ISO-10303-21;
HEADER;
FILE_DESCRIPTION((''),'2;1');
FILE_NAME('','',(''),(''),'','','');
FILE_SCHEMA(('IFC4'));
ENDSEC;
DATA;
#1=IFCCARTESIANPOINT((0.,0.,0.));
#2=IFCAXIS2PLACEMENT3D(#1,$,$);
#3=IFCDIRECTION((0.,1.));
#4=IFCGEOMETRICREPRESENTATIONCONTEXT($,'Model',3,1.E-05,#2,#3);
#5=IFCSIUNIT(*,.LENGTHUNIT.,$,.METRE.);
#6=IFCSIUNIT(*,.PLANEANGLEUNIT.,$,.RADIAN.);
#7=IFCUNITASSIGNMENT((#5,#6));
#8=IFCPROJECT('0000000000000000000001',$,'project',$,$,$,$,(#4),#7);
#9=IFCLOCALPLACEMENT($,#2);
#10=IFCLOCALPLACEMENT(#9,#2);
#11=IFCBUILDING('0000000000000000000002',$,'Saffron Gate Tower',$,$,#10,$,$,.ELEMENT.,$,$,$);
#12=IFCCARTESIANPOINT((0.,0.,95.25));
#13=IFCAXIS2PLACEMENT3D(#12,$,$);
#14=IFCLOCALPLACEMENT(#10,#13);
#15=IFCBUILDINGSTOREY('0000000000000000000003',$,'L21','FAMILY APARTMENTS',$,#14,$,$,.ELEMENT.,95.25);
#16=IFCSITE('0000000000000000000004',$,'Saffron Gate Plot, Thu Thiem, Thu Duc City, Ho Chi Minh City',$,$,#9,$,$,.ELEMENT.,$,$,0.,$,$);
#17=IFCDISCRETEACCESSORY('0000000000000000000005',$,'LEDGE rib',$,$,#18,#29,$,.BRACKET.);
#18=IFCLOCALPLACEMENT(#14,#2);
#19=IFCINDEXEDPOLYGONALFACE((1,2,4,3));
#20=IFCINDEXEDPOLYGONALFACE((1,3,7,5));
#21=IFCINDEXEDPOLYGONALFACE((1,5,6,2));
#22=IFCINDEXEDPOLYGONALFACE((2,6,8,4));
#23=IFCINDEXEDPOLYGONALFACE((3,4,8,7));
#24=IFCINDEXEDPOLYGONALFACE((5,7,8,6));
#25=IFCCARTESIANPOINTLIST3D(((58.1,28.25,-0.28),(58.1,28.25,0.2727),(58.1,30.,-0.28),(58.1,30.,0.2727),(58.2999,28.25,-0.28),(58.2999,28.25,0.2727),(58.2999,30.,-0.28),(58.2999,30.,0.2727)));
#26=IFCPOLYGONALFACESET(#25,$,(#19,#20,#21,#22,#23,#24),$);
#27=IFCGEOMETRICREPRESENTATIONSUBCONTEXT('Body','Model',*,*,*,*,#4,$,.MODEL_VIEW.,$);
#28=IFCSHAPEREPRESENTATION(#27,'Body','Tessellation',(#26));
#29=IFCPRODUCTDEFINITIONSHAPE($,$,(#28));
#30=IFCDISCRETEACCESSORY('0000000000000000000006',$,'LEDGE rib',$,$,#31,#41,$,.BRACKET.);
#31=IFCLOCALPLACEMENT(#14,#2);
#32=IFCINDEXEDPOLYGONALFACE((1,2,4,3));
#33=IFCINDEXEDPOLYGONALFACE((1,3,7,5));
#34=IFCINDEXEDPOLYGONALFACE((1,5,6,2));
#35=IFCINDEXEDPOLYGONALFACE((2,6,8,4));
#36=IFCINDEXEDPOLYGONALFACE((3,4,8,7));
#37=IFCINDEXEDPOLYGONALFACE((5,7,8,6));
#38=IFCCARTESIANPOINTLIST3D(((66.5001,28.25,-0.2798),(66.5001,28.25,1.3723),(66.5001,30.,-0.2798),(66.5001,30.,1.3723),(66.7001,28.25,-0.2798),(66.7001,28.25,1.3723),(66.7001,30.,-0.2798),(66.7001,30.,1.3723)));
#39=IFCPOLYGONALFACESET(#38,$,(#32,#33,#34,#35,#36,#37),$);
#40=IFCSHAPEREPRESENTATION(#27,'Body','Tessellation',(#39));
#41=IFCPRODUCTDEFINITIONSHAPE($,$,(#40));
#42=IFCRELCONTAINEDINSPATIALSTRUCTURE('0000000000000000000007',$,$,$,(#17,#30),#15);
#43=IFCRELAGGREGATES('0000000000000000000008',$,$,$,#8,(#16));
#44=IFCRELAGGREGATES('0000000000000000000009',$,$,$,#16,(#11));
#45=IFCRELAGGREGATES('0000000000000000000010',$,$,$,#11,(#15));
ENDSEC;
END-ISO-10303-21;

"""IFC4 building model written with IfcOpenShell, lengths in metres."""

from ifc_helpers import new_model, si_unit, direction, frame, origin, origin_2d, place, context, subcontext, project, spatial, rectangle, extrude, element, save


model = new_model("IFC4")

# Units and contexts
model_context = context("Model", 3, precision=1e-05, world=origin(), true_north=direction((0.0, 1.0)))
body_context = subcontext(model_context, "Body", "Model", "MODEL_VIEW")
ifc_project = project(units=[si_unit("LENGTHUNIT", "METRE"), si_unit("PLANEANGLEUNIT", "RADIAN")], contexts=[model_context])

# Site, building, storey
site_placement = place(None, origin())
site = spatial("IfcSite", under=ifc_project, at=site_placement, Name="Saffron Gate Plot, Thu Thiem, Thu Duc City, Ho Chi Minh City", CompositionType="ELEMENT", RefElevation=0.0)
building_placement = place(site_placement, origin())
building = spatial("IfcBuilding", under=site, at=building_placement, Name="Saffron Gate Tower", CompositionType="ELEMENT")
storey_placement = place(building_placement, frame((0.0, 0.0, 95.25)))
storey = spatial("IfcBuildingStorey", under=building, at=storey_placement, Name="L21", Description="FAMILY APARTMENTS", CompositionType="ELEMENT", Elevation=95.25)

# Discrete accessories
discrete_accessory_1_placement = place(storey_placement, frame((58.2, 29.125, -0.28), z_axis=(0.0, 0.0, 1.0), x_axis=(1.0, 0.0, 0.0)))
element("IfcDiscreteAccessory", 1, at=discrete_accessory_1_placement, inside=storey, Name="LEDGE rib", PredefinedType="BRACKET", context=body_context, shape_type="SweptSolid", body=[
    extrude(rectangle(XDim=0.2, YDim=1.75, at=origin_2d()), origin(), (0.0, 0.0, 1.0), 0.5527),
])
discrete_accessory_2_placement = place(storey_placement, frame((66.6001, 29.125, -0.2798), z_axis=(0.0, 0.0, 1.0), x_axis=(1.0, 0.0, 0.0)))
element("IfcDiscreteAccessory", 2, at=discrete_accessory_2_placement, inside=storey, Name="LEDGE rib", PredefinedType="BRACKET", context=body_context, shape_type="SweptSolid", body=[
    extrude(rectangle(XDim=0.2, YDim=1.75, at=origin_2d()), origin(), (0.0, 0.0, 1.0), 1.6521),
])

save(model, "model.ifc")
